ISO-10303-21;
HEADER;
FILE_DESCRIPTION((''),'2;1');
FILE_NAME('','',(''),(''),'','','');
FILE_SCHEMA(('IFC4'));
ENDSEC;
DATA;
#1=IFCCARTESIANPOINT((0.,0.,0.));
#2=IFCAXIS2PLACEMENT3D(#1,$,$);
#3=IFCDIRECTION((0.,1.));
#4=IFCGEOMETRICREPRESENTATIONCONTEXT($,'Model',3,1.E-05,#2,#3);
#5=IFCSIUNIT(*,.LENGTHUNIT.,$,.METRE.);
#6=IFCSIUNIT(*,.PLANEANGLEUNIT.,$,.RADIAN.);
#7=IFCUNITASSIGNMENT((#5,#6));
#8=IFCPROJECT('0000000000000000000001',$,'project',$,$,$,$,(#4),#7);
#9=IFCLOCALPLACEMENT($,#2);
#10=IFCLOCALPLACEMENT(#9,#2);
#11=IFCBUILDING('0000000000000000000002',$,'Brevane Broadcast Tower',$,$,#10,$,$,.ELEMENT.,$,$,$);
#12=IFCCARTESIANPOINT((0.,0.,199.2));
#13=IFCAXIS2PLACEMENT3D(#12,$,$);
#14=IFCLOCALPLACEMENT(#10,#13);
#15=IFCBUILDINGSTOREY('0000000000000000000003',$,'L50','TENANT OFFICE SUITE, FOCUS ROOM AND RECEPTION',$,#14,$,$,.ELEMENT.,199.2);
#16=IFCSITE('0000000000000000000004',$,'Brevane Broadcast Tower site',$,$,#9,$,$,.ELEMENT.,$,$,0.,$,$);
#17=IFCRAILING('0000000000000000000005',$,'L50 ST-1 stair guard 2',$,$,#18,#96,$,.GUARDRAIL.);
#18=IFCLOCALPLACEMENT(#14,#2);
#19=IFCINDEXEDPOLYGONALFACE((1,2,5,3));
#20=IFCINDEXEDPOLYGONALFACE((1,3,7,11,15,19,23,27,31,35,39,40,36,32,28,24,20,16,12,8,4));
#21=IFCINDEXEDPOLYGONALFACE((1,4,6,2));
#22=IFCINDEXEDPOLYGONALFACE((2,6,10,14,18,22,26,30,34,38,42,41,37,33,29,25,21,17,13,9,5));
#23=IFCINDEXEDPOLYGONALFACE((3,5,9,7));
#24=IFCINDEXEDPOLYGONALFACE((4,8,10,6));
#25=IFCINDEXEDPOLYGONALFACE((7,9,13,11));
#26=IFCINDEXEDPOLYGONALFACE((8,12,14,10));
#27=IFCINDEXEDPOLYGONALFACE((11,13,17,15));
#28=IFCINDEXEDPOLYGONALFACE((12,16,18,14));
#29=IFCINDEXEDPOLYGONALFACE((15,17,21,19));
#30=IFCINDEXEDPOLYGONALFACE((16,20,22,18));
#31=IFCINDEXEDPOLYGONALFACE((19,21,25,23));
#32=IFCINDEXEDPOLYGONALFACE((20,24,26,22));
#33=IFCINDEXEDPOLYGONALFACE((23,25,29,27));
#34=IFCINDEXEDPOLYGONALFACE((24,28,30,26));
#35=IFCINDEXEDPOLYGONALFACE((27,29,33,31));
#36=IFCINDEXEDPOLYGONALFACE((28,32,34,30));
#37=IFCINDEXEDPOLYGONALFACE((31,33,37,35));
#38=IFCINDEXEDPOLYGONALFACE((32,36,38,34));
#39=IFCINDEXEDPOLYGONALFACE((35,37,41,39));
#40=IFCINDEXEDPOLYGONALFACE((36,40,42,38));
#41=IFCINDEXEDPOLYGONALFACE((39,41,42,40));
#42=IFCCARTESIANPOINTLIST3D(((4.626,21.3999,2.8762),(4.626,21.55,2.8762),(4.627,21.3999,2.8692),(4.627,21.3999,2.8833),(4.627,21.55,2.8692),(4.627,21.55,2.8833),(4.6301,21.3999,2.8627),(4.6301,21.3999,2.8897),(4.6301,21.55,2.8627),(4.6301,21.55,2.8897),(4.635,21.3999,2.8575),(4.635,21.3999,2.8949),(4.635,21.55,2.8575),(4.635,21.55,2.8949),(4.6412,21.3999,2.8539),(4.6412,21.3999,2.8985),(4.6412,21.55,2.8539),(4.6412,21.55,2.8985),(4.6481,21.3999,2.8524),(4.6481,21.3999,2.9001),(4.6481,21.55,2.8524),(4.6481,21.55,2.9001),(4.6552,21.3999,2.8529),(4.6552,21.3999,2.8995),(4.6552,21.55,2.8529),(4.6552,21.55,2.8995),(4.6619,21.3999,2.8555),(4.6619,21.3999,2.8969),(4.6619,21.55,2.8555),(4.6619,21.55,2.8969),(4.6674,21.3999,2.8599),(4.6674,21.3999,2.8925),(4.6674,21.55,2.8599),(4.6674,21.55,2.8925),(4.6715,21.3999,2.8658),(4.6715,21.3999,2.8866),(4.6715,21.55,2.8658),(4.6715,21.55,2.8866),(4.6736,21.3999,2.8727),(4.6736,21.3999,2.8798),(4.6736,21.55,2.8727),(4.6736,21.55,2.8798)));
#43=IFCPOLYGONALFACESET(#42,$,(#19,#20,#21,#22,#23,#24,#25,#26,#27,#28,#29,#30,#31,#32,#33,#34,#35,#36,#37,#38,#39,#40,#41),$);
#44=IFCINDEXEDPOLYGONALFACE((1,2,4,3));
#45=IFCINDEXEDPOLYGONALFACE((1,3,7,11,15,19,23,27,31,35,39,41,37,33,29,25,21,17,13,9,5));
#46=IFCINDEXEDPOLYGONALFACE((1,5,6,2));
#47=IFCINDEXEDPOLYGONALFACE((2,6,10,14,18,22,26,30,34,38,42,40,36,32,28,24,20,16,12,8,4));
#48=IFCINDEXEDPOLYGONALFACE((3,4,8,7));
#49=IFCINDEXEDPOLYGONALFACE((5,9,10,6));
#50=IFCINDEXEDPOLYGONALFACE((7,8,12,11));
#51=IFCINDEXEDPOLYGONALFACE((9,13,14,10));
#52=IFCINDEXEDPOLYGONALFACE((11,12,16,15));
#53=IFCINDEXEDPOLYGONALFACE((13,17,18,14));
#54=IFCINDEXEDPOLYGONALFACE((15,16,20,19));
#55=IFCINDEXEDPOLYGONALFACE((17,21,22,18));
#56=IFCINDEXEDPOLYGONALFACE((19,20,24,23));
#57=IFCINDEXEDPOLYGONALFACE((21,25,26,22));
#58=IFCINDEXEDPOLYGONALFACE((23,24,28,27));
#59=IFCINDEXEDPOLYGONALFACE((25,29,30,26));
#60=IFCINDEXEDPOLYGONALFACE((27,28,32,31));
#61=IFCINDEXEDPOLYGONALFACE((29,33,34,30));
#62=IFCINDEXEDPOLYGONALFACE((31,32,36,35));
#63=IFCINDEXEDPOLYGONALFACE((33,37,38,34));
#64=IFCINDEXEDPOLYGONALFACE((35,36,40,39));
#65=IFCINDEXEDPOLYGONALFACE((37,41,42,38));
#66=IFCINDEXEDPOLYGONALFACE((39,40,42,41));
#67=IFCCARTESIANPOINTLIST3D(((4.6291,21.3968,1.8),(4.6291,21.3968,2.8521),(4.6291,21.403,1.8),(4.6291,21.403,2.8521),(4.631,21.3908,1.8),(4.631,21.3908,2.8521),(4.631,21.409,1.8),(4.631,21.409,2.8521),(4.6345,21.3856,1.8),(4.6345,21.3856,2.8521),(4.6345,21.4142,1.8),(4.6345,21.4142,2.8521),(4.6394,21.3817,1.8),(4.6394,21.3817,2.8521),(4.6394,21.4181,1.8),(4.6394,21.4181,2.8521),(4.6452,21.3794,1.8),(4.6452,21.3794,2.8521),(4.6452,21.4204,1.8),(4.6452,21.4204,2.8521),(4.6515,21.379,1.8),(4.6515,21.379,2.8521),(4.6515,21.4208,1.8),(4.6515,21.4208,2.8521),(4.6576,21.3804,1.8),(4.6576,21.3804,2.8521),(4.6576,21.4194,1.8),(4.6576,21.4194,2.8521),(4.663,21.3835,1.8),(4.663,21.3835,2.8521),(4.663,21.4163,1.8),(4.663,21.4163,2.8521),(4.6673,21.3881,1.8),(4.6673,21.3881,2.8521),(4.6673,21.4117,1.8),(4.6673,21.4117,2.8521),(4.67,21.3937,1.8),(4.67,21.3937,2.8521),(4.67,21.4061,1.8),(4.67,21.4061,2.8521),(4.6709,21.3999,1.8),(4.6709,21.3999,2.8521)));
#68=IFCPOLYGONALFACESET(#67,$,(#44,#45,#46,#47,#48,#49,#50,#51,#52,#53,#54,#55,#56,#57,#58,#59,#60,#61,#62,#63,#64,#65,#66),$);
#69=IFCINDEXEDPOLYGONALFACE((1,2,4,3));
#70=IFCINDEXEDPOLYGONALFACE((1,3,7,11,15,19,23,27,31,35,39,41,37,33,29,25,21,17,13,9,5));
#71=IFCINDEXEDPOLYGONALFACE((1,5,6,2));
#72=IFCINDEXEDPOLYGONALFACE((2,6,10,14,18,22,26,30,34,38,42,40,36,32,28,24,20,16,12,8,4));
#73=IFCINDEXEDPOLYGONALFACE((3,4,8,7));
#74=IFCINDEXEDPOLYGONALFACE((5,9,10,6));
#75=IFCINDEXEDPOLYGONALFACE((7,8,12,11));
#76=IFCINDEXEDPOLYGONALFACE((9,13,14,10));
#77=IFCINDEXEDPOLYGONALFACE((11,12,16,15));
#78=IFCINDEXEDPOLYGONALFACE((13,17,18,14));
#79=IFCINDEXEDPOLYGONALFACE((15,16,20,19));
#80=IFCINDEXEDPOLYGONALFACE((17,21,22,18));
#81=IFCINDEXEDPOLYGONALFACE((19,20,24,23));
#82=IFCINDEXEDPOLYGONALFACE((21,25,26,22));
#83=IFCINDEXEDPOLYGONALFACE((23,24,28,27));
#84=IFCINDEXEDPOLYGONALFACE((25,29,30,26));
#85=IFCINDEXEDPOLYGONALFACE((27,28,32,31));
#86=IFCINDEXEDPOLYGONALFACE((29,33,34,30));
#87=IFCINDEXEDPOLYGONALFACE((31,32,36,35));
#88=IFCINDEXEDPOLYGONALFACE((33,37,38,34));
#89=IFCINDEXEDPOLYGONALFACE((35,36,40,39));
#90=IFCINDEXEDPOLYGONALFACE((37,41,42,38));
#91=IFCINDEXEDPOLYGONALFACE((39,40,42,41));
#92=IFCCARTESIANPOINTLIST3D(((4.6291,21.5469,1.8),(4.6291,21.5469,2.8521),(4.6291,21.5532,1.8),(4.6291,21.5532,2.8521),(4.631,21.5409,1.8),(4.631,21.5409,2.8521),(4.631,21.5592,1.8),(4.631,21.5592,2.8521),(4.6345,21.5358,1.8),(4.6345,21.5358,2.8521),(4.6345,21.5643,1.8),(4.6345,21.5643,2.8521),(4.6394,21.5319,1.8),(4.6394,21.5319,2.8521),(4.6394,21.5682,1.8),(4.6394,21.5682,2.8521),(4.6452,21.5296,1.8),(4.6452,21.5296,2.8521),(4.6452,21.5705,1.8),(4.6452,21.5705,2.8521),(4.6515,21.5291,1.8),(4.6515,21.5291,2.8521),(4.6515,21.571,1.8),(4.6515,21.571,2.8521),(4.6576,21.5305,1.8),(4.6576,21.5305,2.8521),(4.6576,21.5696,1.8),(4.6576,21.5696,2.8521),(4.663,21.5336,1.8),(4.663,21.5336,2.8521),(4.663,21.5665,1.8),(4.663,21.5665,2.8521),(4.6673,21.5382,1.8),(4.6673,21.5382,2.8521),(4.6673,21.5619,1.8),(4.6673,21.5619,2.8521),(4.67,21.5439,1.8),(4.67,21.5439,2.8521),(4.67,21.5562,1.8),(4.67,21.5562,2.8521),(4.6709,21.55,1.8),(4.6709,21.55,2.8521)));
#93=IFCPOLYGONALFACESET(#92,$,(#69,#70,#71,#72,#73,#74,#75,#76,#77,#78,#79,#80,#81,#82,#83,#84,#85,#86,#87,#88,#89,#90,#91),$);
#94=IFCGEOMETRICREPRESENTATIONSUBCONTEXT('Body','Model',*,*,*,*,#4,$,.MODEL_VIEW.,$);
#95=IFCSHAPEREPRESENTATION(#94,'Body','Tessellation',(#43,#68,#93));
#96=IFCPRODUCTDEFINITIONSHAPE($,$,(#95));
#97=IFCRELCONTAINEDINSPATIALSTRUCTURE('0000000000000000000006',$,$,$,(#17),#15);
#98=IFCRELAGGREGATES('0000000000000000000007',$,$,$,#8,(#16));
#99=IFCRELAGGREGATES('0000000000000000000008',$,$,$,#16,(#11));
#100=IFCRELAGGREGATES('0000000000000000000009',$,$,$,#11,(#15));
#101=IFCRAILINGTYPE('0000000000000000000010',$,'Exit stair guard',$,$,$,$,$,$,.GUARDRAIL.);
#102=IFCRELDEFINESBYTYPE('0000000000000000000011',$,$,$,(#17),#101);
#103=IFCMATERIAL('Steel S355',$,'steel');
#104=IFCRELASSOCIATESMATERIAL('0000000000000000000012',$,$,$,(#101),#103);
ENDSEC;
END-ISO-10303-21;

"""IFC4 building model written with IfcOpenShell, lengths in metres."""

from ifc_helpers import new_model, si_unit, direction, frame, origin, origin_2d, place, context, subcontext, project, spatial, circle, extrude, material, type_object, element, save


model = new_model("IFC4")

# Units and contexts
model_context = context("Model", 3, precision=1e-05, world=origin(), true_north=direction((0.0, 1.0)))
body_context = subcontext(model_context, "Body", "Model", "MODEL_VIEW")
ifc_project = project(units=[si_unit("LENGTHUNIT", "METRE"), si_unit("PLANEANGLEUNIT", "RADIAN")], contexts=[model_context])

# Site, building, storey
site_placement = place(None, origin())
site = spatial("IfcSite", under=ifc_project, at=site_placement, Name="Brevane Broadcast Tower site", CompositionType="ELEMENT", RefElevation=0.0)
building_placement = place(site_placement, origin())
building = spatial("IfcBuilding", under=site, at=building_placement, Name="Brevane Broadcast Tower", CompositionType="ELEMENT")
storey_placement = place(building_placement, frame((0.0, 0.0, 199.2)))
storey = spatial("IfcBuildingStorey", under=building, at=storey_placement, Name="L50", Description="TENANT OFFICE SUITE, FOCUS ROOM AND RECEPTION", CompositionType="ELEMENT", Elevation=199.2)

# Railing
ifc_material_1 = material(Name="Steel S355", Category="steel")
railing_type_1 = type_object("IfcRailingType", Name="Exit stair guard", PredefinedType="GUARDRAIL", material=ifc_material_1)
railing_1_placement = place(storey_placement, frame((4.6499, 21.3999, 1.8)))
element("IfcRailing", 1, at=railing_1_placement, inside=storey, type_object=railing_type_1, Name="L50 ST-1 stair guard 2", PredefinedType="GUARDRAIL", context=body_context, shape_type="SweptSolid", body=[
    extrude(circle(Radius=0.0239, at=origin_2d()), frame((0.0, 0.0, 1.0762), z_axis=(0.0, 1.0, 0.0), x_axis=(-1.0, 0.0, 0.0)), (0.0, 0.0, 1.0), 0.1501),
    extrude(circle(Radius=0.021, at=origin_2d()), origin(), (0.0, 0.0, 1.0), 1.052),
    extrude(circle(Radius=0.021, at=origin_2d()), frame((0.0, 0.1501, 0.0)), (0.0, 0.0, 1.0), 1.052),
])

save(model, "model.ifc")
